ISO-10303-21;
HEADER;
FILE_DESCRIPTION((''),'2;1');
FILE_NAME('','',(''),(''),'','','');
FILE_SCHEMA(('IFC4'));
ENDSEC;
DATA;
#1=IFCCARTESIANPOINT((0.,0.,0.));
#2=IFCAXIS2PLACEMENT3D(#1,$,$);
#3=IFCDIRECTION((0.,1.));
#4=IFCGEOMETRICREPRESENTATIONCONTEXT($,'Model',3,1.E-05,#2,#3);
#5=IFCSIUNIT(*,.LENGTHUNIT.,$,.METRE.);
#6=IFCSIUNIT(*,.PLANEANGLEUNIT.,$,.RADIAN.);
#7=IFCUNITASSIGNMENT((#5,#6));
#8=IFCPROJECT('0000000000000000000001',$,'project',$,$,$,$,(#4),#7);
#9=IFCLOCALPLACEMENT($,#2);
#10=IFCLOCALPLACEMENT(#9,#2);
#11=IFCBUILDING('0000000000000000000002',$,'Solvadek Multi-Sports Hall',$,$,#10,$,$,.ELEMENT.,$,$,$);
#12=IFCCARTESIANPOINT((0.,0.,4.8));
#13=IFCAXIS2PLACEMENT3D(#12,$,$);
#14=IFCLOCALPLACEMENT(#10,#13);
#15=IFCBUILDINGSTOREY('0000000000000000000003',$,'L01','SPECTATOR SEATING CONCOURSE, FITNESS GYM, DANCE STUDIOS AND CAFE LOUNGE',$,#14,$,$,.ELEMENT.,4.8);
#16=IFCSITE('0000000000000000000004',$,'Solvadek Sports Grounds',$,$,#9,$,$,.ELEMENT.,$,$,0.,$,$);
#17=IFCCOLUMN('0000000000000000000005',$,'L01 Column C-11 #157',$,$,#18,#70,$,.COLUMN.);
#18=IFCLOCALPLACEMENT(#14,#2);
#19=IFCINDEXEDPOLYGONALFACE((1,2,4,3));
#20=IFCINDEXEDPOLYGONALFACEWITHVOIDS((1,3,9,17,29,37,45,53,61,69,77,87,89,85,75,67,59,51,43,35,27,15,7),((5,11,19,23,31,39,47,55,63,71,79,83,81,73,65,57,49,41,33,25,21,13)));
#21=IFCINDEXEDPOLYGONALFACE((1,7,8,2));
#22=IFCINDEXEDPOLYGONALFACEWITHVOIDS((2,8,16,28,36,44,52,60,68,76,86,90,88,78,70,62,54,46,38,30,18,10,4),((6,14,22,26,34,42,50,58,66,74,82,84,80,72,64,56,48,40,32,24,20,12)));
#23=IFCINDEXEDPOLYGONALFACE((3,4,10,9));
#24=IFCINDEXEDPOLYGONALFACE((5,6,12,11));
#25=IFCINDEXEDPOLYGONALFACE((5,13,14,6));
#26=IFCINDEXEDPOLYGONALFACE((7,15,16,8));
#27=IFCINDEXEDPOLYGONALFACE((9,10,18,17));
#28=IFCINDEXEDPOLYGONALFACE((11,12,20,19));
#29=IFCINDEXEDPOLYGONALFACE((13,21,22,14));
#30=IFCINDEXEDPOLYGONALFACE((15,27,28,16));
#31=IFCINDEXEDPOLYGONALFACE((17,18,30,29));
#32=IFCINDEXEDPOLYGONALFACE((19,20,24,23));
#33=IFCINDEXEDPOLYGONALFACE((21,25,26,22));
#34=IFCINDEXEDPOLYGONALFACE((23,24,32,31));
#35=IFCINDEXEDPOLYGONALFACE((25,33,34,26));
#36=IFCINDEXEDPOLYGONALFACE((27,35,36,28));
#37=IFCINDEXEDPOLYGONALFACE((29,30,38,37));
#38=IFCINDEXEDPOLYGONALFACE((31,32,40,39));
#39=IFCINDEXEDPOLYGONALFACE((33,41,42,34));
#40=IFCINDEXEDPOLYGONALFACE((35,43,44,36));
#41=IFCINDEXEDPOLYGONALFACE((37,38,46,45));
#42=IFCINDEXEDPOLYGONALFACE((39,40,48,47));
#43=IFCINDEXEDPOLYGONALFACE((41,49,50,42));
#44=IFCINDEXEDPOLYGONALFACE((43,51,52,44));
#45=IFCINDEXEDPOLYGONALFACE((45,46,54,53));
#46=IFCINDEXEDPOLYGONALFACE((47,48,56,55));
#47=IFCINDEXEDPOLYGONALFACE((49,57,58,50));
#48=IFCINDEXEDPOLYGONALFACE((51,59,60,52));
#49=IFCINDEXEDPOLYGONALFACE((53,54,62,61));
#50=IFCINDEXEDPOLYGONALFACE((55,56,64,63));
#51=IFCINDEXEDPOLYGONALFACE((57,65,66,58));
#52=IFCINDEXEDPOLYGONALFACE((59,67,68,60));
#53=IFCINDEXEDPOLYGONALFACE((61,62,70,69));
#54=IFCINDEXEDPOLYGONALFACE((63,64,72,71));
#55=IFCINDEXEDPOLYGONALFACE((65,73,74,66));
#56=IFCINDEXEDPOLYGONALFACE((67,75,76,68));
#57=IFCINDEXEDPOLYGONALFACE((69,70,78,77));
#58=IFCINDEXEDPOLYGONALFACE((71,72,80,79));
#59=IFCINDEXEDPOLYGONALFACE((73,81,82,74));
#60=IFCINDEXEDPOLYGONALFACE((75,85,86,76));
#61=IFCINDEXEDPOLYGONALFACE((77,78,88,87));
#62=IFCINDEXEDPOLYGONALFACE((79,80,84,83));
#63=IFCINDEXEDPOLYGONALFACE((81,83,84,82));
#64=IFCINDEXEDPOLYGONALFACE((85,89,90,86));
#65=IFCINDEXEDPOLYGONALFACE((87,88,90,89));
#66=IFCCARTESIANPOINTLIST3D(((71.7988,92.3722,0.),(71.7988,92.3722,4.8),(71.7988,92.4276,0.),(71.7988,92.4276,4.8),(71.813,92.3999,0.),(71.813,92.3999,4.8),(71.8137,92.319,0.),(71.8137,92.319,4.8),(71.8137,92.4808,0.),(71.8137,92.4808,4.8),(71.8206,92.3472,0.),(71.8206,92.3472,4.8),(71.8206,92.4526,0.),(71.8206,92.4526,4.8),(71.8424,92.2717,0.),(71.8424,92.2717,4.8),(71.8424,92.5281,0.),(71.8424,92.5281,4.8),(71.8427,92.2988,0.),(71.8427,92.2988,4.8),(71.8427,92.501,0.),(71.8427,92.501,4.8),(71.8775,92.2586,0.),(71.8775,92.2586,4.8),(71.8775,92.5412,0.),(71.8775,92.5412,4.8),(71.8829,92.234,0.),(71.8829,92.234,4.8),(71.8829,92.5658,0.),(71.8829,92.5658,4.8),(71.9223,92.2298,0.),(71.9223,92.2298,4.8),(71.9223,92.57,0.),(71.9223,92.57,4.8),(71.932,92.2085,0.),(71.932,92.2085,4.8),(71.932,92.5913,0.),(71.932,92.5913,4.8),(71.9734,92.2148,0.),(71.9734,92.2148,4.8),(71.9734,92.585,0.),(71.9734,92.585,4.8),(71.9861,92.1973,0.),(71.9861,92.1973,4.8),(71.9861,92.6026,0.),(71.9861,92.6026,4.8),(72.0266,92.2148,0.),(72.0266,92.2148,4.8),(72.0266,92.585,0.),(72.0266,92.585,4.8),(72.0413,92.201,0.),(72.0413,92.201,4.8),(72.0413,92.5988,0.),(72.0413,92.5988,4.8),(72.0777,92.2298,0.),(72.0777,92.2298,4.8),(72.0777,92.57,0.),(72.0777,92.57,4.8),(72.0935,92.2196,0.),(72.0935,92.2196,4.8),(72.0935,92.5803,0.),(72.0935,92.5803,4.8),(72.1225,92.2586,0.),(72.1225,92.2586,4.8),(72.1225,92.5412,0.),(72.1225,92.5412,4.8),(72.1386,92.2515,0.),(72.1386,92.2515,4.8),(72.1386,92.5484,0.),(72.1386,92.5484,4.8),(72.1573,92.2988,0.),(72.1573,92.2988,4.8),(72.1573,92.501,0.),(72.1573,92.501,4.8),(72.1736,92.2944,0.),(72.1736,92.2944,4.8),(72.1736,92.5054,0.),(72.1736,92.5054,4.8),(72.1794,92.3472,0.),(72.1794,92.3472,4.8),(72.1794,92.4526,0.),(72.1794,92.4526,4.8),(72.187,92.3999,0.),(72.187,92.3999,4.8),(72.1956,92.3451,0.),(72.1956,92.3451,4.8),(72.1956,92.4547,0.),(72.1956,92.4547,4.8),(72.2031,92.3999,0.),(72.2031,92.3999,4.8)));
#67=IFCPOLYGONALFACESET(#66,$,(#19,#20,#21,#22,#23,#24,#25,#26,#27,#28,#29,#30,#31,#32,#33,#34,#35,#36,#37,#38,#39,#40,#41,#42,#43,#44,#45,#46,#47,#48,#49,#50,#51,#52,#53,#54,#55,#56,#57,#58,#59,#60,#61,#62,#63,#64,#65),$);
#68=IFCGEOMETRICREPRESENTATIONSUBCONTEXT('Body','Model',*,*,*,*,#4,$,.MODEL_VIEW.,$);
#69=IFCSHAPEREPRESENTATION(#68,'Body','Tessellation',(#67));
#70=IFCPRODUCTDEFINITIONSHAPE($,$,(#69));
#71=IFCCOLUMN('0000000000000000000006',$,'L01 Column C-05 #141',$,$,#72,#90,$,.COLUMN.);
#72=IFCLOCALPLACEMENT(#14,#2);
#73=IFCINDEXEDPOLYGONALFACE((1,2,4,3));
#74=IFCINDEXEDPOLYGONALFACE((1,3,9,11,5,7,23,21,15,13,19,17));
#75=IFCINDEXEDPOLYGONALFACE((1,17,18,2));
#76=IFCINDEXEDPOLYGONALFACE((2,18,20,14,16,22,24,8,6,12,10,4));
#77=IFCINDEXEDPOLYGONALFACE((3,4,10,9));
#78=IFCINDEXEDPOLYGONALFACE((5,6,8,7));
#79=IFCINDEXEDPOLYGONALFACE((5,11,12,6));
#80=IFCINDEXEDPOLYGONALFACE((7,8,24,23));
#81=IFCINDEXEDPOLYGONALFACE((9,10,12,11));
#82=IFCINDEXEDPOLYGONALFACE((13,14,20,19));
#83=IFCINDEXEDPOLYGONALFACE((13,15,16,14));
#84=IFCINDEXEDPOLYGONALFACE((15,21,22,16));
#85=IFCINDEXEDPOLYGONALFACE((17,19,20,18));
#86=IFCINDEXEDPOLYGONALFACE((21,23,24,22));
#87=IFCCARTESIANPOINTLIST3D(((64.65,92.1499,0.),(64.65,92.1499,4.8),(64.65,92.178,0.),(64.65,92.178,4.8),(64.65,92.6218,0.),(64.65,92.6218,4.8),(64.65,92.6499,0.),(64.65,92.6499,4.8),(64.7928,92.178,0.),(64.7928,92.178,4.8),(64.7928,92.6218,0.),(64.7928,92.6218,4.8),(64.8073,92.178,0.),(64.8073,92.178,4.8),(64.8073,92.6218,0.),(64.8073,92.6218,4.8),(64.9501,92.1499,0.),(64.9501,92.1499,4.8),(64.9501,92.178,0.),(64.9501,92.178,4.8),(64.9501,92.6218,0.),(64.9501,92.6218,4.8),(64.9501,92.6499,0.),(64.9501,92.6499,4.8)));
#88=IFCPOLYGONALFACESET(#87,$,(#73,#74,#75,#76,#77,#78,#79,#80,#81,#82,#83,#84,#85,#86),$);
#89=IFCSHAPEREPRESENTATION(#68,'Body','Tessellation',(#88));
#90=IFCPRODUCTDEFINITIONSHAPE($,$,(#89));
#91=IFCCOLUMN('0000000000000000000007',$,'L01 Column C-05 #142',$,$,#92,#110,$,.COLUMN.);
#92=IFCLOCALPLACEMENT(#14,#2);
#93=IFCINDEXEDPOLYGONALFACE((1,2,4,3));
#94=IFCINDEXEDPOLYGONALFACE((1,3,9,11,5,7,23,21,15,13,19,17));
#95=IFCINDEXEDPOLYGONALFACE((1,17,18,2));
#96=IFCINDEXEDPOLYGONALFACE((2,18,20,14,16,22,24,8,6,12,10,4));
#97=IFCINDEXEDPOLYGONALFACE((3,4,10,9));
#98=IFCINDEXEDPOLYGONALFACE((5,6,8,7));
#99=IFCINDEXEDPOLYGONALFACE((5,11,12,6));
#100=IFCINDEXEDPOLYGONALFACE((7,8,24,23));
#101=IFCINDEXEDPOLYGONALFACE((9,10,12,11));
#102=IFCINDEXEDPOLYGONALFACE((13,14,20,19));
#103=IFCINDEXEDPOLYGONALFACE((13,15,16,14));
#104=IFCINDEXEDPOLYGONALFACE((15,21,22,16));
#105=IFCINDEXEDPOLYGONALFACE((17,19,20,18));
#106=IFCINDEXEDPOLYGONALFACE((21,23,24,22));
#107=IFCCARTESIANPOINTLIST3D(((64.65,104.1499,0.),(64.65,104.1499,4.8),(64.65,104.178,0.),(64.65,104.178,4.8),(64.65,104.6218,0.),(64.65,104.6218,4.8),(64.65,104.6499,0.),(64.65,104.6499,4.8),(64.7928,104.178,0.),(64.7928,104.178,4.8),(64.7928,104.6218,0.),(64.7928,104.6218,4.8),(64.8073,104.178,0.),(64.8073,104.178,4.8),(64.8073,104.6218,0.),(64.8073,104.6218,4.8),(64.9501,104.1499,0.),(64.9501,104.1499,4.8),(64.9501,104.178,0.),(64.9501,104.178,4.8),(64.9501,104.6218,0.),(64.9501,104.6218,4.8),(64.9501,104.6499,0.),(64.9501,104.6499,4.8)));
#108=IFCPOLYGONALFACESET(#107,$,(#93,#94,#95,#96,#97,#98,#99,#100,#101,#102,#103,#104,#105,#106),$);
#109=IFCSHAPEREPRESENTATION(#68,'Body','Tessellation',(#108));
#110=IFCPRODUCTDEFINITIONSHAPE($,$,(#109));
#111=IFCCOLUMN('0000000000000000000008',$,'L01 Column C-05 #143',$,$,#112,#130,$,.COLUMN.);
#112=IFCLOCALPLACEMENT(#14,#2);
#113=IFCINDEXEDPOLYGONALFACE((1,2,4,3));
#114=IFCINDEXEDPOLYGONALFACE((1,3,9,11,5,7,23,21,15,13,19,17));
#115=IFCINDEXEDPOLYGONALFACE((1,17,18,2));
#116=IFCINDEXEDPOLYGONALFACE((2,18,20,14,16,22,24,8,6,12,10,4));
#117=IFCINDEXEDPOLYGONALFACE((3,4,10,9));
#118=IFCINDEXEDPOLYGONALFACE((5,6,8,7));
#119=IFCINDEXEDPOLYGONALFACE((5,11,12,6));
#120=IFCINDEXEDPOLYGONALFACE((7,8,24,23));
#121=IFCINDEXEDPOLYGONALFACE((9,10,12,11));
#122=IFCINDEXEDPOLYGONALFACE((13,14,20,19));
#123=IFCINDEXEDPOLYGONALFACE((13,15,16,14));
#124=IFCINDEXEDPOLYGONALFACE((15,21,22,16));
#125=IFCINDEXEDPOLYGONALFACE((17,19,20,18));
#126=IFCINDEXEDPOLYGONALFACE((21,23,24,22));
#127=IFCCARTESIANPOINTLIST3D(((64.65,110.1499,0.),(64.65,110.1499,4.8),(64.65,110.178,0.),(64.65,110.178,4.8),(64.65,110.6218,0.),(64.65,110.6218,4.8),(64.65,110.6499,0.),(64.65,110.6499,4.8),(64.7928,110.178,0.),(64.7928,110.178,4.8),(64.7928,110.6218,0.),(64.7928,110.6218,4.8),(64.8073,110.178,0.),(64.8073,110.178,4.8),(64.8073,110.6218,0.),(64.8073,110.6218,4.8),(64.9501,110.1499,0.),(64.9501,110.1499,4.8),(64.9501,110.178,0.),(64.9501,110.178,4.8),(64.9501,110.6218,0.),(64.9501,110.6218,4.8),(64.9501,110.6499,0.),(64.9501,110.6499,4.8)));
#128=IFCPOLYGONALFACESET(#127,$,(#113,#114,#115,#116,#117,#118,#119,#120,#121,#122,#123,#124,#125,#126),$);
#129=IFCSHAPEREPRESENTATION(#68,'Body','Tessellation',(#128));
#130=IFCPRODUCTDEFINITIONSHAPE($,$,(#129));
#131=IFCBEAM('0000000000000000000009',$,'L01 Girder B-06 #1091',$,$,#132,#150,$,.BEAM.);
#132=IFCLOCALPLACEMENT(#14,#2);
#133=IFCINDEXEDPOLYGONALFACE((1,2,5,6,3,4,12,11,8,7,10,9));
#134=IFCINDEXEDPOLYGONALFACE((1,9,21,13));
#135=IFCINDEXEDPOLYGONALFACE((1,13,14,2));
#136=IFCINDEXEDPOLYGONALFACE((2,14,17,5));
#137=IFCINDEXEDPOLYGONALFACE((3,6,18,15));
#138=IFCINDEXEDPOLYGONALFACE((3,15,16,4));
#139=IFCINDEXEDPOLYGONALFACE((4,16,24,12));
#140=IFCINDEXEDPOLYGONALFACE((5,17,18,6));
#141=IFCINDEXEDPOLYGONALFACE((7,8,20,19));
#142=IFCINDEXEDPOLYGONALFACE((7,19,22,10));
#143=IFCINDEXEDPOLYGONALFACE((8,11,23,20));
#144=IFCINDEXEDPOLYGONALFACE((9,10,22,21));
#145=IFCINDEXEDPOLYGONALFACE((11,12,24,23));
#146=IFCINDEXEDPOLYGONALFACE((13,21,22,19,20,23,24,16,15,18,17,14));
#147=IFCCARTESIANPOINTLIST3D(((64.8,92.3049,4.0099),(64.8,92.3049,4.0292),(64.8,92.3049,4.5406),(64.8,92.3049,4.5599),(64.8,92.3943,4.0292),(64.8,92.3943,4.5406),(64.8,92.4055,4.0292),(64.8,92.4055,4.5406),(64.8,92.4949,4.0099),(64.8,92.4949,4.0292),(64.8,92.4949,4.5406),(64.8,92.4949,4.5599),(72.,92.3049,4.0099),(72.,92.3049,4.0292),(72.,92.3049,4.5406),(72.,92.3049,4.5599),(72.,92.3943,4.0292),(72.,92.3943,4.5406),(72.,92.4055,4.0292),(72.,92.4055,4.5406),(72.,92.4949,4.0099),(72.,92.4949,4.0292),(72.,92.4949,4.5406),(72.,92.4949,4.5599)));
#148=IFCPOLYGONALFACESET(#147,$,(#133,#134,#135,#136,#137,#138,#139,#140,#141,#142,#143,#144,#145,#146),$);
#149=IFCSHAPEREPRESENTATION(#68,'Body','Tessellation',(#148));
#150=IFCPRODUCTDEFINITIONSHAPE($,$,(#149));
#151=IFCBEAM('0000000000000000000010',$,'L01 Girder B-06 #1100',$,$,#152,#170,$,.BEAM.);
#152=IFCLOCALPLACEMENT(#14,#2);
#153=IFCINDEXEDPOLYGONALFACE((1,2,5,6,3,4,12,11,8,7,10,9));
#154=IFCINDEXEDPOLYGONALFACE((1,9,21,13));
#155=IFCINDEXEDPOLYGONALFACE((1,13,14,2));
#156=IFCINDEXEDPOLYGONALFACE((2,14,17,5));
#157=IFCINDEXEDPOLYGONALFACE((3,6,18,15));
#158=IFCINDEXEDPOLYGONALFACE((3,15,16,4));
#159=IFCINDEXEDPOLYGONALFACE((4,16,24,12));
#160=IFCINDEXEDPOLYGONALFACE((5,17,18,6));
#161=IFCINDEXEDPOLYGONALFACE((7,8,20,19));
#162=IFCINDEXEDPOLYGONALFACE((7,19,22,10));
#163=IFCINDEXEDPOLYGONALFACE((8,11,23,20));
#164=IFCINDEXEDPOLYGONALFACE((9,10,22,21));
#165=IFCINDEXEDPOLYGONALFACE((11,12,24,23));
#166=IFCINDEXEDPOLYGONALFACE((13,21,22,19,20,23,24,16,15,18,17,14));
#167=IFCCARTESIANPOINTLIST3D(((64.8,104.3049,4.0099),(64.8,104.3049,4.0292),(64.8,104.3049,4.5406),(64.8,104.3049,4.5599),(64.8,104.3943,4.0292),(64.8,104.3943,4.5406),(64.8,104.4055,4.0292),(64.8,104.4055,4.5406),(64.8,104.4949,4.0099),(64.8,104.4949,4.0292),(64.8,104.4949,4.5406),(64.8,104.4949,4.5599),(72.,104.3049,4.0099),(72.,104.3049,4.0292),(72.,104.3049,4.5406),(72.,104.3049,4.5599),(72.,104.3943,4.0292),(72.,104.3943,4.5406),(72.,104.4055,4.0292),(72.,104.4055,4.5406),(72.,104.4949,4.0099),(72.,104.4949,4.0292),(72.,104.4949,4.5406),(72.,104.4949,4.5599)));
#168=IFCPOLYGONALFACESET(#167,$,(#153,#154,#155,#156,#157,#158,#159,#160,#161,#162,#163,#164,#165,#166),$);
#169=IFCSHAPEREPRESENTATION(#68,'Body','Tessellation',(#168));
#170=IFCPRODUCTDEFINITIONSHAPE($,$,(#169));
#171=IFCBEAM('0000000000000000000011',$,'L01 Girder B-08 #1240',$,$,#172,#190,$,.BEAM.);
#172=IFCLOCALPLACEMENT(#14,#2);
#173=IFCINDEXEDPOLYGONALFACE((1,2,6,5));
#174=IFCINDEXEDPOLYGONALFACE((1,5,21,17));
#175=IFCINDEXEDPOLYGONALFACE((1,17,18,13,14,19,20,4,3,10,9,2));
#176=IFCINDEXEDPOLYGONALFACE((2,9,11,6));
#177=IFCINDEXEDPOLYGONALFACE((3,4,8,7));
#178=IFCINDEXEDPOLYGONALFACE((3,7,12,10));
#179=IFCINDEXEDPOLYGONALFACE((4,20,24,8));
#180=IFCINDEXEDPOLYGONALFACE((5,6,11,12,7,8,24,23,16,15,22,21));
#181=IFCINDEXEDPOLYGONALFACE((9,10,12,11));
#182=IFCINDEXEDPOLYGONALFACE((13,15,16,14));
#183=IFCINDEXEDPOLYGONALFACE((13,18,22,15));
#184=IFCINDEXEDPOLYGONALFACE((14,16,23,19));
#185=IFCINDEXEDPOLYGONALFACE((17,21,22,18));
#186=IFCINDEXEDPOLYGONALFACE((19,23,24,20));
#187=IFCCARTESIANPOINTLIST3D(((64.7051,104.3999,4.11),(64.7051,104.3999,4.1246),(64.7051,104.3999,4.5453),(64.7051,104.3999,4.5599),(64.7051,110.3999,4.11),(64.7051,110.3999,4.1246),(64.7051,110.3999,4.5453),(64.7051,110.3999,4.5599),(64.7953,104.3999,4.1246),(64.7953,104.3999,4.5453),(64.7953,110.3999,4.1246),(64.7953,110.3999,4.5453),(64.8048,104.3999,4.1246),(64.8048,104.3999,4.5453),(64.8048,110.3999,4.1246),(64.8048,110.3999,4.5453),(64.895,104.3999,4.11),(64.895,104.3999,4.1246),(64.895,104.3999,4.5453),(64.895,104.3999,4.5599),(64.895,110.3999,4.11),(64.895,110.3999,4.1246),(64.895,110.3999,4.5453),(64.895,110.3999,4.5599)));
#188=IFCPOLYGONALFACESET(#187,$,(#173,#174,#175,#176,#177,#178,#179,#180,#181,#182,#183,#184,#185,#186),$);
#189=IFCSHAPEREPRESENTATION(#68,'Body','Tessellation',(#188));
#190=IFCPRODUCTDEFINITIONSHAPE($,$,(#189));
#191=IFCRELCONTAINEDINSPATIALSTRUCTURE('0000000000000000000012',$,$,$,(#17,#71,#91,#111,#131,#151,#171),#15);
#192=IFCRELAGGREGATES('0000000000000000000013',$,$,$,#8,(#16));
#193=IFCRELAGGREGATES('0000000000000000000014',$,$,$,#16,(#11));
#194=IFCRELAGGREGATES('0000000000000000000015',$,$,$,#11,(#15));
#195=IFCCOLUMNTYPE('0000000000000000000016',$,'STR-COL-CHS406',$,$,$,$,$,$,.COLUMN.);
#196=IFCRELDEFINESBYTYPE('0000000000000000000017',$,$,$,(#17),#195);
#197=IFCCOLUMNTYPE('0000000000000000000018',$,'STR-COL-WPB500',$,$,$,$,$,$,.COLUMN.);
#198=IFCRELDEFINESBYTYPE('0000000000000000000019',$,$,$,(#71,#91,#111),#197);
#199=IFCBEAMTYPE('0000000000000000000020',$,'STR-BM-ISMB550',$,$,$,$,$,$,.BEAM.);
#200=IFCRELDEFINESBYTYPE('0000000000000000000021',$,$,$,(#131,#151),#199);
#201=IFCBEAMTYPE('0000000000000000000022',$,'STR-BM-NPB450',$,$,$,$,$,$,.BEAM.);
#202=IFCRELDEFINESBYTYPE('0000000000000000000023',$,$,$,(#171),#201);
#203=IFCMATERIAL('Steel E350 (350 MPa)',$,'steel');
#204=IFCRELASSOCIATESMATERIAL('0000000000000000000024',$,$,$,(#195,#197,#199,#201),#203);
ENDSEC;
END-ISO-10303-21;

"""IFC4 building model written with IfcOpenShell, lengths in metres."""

from ifc_helpers import new_model, si_unit, direction, frame, origin, origin_2d, place, context, subcontext, project, spatial, hollow_circle, i_section, extrude, material, material_profile, profile_set, type_object, element, save


model = new_model("IFC4")

# Units and contexts
model_context = context("Model", 3, precision=1e-05, world=origin(), true_north=direction((0.0, 1.0)))
body_context = subcontext(model_context, "Body", "Model", "MODEL_VIEW")
ifc_project = project(units=[si_unit("LENGTHUNIT", "METRE"), si_unit("PLANEANGLEUNIT", "RADIAN")], contexts=[model_context])

# Site, building, storey
site_placement = place(None, origin())
site = spatial("IfcSite", under=ifc_project, at=site_placement, Name="Solvadek Sports Grounds", CompositionType="ELEMENT", RefElevation=0.0)
building_placement = place(site_placement, origin())
building = spatial("IfcBuilding", under=site, at=building_placement, Name="Solvadek Multi-Sports Hall", CompositionType="ELEMENT")
storey_placement = place(building_placement, frame((0.0, 0.0, 4.8)))
storey = spatial("IfcBuildingStorey", under=building, at=storey_placement, Name="L01", Description="SPECTATOR SEATING CONCOURSE, FITNESS GYM, DANCE STUDIOS AND CAFE LOUNGE", CompositionType="ELEMENT", Elevation=4.8)

# Columns
ifc_material_1 = material(Name="Steel E350 (350 MPa)", Category="steel")
ifc_material_profile_1 = material_profile(ifc_material_1, hollow_circle(Radius=0.2031, WallThickness=0.0161, at=origin_2d()), Name="CHS 406.4x16")
ifc_profile_set_1 = profile_set([ifc_material_profile_1], Name="Steel E350 (350 MPa)")
column_type_1 = type_object("IfcColumnType", Name="STR-COL-CHS406", PredefinedType="COLUMN", material=ifc_profile_set_1)
column_placement = place(storey_placement, frame((72.0, 92.3999, 0.0), z_axis=(0.0, 0.0, 1.0), x_axis=(1.0, 0.0, 0.0)))
element("IfcColumn", 1, at=column_placement, inside=storey, type_object=column_type_1, Name="L01 Column C-11 #157", PredefinedType="COLUMN", context=body_context, shape_type="SweptSolid", body=[
    extrude(hollow_circle(Radius=0.2031, WallThickness=0.0161, at=origin_2d()), origin(), (0.0, 0.0, 1.0), 4.8),
])
ifc_material_profile_2 = material_profile(ifc_material_1, i_section(OverallWidth=0.3, OverallDepth=0.5, WebThickness=0.0144, FlangeThickness=0.0281, at=origin_2d()), Name="WPB 500")
ifc_profile_set_2 = profile_set([ifc_material_profile_2], Name="Steel E350 (350 MPa)")
column_type_2 = type_object("IfcColumnType", Name="STR-COL-WPB500", PredefinedType="COLUMN", material=ifc_profile_set_2)
for number, where, z_axis, x_axis, name in (
    (2, (64.8, 92.3999, 0.0), (0.0, 0.0, 1.0), (1.0, 0.0, 0.0), "L01 Column C-05 #141"),
    (3, (64.8, 104.3999, 0.0), (0.0, 0.0, 1.0), (1.0, 0.0, 0.0), "L01 Column C-05 #142"),
    (4, (64.8, 110.3999, 0.0), (0.0, 0.0, 1.0), (1.0, 0.0, 0.0), "L01 Column C-05 #143"),
):
    element("IfcColumn", number, at=place(storey_placement, frame(where, z_axis=z_axis, x_axis=x_axis)), inside=storey, type_object=column_type_2, Name=name, PredefinedType="COLUMN", context=body_context, shape_type="SweptSolid", body=[
        extrude(i_section(OverallWidth=0.3, OverallDepth=0.5, WebThickness=0.0144, FlangeThickness=0.0281, at=origin_2d()), origin(), (0.0, 0.0, 1.0), 4.8),
    ])

# Beams
ifc_material_profile_3 = material_profile(ifc_material_1, i_section(OverallWidth=0.1899, OverallDepth=0.55, WebThickness=0.0112, FlangeThickness=0.0193, at=origin_2d()), Name="ISMB 550")
ifc_profile_set_3 = profile_set([ifc_material_profile_3], Name="Steel E350 (350 MPa)")
beam_type_1 = type_object("IfcBeamType", Name="STR-BM-ISMB550", PredefinedType="BEAM", material=ifc_profile_set_3)
for number, where, z_axis, x_axis, name in (
    (5, (64.8, 92.3999, 4.2849), (1.0, 0.0, 0.0), (0.0, 1.0, 0.0), "L01 Girder B-06 #1091"),
    (6, (64.8, 104.3999, 4.2849), (1.0, 0.0, 0.0), (0.0, 1.0, 0.0), "L01 Girder B-06 #1100"),
):
    element("IfcBeam", number, at=place(storey_placement, frame(where, z_axis=z_axis, x_axis=x_axis)), inside=storey, type_object=beam_type_1, Name=name, PredefinedType="BEAM", context=body_context, shape_type="SweptSolid", body=[
        extrude(i_section(OverallWidth=0.1899, OverallDepth=0.55, WebThickness=0.0112, FlangeThickness=0.0193, at=origin_2d()), origin(), (0.0, 0.0, 1.0), 7.2),
    ])
ifc_material_profile_4 = material_profile(ifc_material_1, i_section(OverallWidth=0.1899, OverallDepth=0.45, WebThickness=0.0095, FlangeThickness=0.0146, at=origin_2d()), Name="NPB 450")
ifc_profile_set_4 = profile_set([ifc_material_profile_4], Name="Steel E350 (350 MPa)")
beam_type_2 = type_object("IfcBeamType", Name="STR-BM-NPB450", PredefinedType="BEAM", material=ifc_profile_set_4)
beam_1_placement = place(storey_placement, frame((64.8, 104.3999, 4.335), z_axis=(0.0, 1.0, 0.0), x_axis=(-1.0, 0.0, 0.0)))
element("IfcBeam", 7, at=beam_1_placement, inside=storey, type_object=beam_type_2, Name="L01 Girder B-08 #1240", PredefinedType="BEAM", context=body_context, shape_type="SweptSolid", body=[
    extrude(i_section(OverallWidth=0.1899, OverallDepth=0.45, WebThickness=0.0095, FlangeThickness=0.0146, at=origin_2d()), origin(), (0.0, 0.0, 1.0), 6.0),
])

save(model, "model.ifc")
